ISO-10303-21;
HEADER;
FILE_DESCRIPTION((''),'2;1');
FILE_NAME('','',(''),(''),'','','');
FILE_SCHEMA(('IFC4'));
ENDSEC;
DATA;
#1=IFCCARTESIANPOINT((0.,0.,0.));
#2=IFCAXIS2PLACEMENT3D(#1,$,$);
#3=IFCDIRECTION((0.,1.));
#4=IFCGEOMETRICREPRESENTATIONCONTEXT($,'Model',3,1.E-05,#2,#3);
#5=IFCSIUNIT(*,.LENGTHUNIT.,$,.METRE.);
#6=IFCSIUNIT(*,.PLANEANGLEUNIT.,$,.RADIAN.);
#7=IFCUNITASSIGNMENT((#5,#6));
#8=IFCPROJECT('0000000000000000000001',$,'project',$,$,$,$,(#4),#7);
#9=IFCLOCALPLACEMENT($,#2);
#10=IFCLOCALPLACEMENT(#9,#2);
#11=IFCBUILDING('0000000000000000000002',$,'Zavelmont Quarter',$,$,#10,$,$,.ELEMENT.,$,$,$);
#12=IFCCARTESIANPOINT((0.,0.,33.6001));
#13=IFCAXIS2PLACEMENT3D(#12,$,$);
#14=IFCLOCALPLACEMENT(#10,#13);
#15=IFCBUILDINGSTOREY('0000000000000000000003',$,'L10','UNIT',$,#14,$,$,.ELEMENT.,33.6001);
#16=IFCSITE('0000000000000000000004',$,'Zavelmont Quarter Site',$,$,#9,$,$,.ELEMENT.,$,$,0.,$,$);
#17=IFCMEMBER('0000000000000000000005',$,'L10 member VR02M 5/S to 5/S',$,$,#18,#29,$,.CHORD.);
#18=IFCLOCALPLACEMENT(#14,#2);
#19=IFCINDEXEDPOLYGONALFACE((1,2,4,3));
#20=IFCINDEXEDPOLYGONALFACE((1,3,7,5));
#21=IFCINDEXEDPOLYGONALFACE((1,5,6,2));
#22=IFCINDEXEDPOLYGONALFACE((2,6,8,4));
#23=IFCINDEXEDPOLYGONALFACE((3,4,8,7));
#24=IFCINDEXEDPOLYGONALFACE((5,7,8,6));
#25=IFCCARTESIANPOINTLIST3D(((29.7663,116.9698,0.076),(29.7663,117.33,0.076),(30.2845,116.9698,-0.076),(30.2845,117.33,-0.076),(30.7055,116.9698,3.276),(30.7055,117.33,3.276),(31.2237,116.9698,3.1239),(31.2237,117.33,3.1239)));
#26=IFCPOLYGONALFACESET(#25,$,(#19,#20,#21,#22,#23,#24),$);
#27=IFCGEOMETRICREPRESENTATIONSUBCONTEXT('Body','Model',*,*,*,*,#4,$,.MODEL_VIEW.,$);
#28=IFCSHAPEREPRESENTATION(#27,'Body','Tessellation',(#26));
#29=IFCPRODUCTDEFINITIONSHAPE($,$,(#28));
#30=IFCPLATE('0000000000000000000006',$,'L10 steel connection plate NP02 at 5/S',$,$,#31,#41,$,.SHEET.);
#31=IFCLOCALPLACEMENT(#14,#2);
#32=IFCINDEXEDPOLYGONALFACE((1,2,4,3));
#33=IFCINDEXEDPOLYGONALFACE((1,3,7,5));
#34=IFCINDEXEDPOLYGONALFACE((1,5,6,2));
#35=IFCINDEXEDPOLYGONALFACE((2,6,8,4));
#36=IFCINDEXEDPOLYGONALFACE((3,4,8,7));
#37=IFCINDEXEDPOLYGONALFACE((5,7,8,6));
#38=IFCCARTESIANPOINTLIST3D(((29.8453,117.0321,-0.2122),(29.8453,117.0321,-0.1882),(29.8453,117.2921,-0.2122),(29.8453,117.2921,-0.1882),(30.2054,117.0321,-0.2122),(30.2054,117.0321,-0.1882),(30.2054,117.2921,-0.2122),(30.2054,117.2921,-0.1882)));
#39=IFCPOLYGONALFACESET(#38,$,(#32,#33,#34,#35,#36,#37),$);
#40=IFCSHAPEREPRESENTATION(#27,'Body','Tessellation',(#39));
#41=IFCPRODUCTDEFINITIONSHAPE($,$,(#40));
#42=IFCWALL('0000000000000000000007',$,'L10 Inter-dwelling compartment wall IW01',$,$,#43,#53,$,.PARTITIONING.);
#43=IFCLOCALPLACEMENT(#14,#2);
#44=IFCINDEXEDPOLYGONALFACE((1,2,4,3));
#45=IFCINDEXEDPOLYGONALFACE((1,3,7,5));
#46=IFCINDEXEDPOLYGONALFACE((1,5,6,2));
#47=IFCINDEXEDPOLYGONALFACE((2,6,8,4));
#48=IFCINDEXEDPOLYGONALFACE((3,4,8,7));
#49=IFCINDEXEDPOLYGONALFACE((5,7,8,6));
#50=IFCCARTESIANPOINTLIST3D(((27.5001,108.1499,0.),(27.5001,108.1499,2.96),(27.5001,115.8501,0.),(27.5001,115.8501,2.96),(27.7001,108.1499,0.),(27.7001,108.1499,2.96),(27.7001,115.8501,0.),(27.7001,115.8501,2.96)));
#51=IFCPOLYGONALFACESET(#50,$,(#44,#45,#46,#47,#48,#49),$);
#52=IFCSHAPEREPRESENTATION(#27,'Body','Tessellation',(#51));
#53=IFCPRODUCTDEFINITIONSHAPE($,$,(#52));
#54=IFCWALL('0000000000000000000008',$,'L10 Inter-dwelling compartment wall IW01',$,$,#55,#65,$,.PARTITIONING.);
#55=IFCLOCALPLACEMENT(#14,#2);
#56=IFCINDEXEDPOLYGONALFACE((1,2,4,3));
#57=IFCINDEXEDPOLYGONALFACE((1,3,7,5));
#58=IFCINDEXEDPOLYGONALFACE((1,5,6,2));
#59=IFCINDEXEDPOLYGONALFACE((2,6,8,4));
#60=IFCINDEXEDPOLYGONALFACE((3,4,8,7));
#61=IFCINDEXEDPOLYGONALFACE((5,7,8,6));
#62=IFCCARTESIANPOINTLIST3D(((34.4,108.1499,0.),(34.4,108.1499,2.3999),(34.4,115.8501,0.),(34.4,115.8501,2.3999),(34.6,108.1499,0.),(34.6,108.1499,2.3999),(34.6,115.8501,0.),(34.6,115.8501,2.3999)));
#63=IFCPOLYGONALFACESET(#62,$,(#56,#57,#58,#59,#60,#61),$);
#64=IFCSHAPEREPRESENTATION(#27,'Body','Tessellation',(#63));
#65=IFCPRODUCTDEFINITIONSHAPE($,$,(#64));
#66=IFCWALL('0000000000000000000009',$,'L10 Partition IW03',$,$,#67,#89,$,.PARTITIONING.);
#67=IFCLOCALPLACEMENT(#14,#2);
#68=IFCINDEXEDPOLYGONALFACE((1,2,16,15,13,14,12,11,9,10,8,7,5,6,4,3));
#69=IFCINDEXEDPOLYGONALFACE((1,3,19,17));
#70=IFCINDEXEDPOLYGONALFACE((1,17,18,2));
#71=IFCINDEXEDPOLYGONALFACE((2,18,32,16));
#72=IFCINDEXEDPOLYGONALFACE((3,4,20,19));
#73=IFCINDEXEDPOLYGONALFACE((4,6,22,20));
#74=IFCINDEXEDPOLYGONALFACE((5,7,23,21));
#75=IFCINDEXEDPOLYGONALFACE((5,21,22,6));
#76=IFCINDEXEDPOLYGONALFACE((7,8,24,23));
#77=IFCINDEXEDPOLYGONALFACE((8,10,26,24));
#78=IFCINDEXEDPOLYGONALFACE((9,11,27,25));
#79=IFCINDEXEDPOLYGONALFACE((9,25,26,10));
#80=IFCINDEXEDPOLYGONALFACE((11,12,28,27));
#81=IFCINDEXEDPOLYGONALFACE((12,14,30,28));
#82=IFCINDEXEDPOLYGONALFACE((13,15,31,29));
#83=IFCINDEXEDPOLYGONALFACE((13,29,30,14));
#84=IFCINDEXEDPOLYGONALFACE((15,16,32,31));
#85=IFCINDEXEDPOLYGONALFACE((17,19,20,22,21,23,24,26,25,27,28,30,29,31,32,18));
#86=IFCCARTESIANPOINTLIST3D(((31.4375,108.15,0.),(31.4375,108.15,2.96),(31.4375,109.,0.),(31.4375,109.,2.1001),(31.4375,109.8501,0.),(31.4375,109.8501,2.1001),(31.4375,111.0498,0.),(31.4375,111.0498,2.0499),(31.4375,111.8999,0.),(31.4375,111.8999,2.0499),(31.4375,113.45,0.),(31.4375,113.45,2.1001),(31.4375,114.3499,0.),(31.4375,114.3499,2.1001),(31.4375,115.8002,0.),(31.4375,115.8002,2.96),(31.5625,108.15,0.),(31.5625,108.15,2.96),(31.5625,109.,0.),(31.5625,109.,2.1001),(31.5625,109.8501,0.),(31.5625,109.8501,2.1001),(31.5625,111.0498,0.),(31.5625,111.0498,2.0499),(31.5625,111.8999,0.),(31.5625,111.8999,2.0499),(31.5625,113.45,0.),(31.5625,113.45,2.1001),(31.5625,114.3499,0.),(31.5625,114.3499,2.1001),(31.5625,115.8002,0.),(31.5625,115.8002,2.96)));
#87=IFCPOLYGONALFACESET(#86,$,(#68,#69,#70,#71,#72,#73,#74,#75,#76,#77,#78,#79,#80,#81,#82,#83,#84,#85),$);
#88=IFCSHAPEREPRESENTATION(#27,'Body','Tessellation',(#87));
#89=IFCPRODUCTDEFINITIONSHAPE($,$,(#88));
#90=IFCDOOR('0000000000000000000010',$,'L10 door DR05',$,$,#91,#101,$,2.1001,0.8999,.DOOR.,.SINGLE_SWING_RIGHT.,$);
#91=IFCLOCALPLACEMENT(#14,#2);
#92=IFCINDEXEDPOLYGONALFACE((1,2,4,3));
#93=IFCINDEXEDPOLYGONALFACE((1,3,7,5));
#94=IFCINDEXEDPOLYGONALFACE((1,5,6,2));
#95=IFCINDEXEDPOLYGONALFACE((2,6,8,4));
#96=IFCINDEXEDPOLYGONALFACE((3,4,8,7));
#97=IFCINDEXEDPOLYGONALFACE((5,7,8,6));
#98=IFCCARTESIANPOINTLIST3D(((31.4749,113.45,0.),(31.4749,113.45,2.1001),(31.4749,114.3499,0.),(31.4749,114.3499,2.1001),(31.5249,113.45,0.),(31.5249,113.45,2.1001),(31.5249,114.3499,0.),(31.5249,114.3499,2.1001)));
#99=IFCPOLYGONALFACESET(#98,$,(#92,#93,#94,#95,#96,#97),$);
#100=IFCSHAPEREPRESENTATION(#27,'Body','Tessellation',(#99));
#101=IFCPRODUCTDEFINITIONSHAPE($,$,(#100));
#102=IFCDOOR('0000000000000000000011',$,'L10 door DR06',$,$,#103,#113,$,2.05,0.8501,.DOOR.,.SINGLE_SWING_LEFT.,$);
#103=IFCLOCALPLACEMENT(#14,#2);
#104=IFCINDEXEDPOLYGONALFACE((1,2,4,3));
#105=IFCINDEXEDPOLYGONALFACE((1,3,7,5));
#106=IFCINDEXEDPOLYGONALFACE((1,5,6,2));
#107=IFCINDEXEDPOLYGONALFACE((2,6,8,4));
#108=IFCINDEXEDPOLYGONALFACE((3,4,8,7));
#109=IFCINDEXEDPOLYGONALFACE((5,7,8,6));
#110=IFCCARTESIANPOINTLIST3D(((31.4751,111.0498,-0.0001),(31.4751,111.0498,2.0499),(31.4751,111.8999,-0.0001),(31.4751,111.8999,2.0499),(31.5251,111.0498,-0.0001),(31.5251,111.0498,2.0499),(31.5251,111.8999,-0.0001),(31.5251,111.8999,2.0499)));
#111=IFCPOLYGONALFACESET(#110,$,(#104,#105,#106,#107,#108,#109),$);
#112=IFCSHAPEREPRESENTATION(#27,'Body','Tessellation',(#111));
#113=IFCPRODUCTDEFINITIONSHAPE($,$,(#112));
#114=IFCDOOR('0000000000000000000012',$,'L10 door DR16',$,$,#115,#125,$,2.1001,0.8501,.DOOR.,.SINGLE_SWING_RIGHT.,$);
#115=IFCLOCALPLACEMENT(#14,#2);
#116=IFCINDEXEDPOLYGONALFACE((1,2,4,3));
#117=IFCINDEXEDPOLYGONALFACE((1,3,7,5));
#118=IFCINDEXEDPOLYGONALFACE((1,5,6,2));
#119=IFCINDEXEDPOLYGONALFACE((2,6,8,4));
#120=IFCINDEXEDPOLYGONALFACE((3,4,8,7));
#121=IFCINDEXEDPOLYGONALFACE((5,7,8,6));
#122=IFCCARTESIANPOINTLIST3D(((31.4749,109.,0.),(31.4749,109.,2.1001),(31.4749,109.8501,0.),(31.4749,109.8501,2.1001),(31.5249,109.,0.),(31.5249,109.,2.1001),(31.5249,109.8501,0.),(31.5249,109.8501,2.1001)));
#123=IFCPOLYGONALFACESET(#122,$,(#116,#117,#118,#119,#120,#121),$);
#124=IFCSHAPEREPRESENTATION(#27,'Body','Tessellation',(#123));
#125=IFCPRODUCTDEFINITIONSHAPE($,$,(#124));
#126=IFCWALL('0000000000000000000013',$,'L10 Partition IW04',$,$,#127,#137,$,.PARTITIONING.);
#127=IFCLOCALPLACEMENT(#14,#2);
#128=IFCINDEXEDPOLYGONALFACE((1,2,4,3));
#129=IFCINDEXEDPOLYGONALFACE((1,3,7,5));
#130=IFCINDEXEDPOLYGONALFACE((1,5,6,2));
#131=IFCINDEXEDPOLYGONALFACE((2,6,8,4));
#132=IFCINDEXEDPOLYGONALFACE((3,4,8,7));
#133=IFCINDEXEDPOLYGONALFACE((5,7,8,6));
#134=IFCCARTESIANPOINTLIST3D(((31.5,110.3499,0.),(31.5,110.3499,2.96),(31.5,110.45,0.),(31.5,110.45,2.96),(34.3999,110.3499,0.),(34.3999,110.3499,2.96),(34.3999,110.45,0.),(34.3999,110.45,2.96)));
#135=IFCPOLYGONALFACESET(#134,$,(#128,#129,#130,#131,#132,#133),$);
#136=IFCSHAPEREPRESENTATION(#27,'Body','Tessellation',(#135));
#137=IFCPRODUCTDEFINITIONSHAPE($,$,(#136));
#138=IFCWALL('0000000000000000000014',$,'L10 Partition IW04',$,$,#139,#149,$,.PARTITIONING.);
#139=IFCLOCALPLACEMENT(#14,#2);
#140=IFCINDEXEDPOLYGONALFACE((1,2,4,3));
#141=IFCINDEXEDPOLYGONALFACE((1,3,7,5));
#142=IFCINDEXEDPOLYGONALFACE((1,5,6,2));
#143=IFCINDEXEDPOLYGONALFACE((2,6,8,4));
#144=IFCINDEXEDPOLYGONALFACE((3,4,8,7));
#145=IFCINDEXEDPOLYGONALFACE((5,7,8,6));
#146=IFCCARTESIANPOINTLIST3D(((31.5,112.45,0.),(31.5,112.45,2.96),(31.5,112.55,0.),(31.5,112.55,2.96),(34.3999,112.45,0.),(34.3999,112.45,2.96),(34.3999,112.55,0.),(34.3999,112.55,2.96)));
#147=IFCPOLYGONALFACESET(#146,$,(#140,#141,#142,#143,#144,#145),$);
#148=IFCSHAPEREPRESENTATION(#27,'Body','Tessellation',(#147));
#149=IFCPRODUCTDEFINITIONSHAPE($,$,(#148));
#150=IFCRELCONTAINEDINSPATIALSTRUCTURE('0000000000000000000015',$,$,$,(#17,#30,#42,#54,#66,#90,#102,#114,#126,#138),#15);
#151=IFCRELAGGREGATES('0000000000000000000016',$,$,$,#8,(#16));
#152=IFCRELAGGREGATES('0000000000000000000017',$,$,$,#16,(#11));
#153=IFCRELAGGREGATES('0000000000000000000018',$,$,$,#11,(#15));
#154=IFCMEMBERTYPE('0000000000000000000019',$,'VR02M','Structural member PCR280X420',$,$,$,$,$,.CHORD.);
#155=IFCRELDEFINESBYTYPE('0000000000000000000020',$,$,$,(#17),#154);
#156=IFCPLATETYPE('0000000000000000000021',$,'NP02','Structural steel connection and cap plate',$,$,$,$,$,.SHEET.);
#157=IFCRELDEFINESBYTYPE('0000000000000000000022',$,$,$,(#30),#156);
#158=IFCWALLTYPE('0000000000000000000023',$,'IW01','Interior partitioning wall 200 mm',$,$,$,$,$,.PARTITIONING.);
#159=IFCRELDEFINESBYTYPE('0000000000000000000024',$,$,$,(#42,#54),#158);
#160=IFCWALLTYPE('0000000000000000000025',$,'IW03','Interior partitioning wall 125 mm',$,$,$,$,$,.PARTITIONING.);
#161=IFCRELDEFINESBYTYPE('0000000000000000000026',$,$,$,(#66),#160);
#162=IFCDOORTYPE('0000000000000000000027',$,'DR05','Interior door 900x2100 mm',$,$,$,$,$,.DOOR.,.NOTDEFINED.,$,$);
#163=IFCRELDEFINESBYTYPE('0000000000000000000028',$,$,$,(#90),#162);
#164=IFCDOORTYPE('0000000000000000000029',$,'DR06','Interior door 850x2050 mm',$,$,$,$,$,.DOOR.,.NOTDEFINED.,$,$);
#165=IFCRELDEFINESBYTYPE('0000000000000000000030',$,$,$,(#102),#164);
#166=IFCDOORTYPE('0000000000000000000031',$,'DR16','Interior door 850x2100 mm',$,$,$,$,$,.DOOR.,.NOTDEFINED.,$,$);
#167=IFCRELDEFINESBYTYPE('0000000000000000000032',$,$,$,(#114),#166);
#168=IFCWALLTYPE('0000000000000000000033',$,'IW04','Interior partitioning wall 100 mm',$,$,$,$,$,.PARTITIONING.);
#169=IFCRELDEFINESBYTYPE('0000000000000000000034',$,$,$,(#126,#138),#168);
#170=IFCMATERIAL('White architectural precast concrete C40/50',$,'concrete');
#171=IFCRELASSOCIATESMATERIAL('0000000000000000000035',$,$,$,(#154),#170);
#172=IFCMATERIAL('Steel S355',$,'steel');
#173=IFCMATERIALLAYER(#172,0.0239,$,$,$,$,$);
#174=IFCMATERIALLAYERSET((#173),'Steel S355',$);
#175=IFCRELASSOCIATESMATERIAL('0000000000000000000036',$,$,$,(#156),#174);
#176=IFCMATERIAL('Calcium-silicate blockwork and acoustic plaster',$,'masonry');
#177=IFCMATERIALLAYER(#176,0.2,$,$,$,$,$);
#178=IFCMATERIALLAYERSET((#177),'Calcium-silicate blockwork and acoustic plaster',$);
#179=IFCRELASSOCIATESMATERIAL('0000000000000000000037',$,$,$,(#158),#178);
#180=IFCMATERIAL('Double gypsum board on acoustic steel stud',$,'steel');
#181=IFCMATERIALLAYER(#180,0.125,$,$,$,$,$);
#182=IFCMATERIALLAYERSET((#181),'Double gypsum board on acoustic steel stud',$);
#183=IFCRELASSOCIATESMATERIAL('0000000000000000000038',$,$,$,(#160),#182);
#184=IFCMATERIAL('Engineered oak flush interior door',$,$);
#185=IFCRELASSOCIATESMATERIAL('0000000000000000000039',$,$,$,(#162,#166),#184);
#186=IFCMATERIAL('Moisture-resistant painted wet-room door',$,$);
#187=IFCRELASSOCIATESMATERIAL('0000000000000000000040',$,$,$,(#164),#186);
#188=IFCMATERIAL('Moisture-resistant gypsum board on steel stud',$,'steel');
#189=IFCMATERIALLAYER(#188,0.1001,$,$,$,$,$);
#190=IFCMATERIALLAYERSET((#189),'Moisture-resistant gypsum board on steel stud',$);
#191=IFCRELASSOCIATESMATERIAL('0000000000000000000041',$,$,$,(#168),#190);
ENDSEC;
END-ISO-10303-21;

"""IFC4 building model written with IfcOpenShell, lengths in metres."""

from ifc_helpers import new_model, si_unit, direction, frame, frame_2d, origin, origin_with_axes, origin_2d, place, context, subcontext, project, spatial, rectangle, extrude, material, layer, layer_set, material_profile, profile_set, type_object, element, fill, save


model = new_model("IFC4")

# Units and contexts
model_context = context("Model", 3, precision=1e-05, world=origin(), true_north=direction((0.0, 1.0)))
body_context = subcontext(model_context, "Body", "Model", "MODEL_VIEW")
ifc_project = project(units=[si_unit("LENGTHUNIT", "METRE"), si_unit("PLANEANGLEUNIT", "RADIAN")], contexts=[model_context])

# Site, building, storey
site_placement = place(None, origin())
site = spatial("IfcSite", under=ifc_project, at=site_placement, Name="Zavelmont Quarter Site", CompositionType="ELEMENT", RefElevation=0.0)
building_placement = place(site_placement, origin())
building = spatial("IfcBuilding", under=site, at=building_placement, Name="Zavelmont Quarter", CompositionType="ELEMENT")
storey_placement = place(building_placement, frame((0.0, 0.0, 33.6001)))
storey = spatial("IfcBuildingStorey", under=building, at=storey_placement, Name="L10", Description="UNIT", CompositionType="ELEMENT", Elevation=33.6001)

# Shared definitions
ifc_material_1 = material(Name="Steel S355", Category="steel")

# Member
ifc_material_2 = material(Name="White architectural precast concrete C40/50", Category="concrete")
ifc_material_profile_1 = material_profile(ifc_material_2, rectangle(XDim=0.3601, YDim=0.54, at=origin_2d()), Name="PCR280X420")
ifc_profile_set_1 = profile_set([ifc_material_profile_1], Name="White architectural precast concrete C40/50")
member_type = type_object("IfcMemberType", Name="VR02M", Description="Structural member PCR280X420", PredefinedType="CHORD", material=ifc_profile_set_1)
member_placement = place(storey_placement, frame((30.0254, 117.1499, 0.0), z_axis=(0.281627, 0.0, 0.959524), x_axis=(0.0, 1.0, 0.0)))
element("IfcMember", 1, at=member_placement, inside=storey, type_object=member_type, Name="L10 member VR02M 5/S to 5/S", PredefinedType="CHORD", context=body_context, shape_type="SweptSolid", body=[
    extrude(rectangle(XDim=0.3601, YDim=0.54, at=origin_2d()), origin(), (0.0, 0.0, 1.0), 3.335),
])

# Plate
ifc_layer_1 = layer(ifc_material_1, 0.0239)
ifc_layer_set_1 = layer_set([ifc_layer_1], Name="Steel S355")
plate_type = type_object("IfcPlateType", Name="NP02", Description="Structural steel connection and cap plate", PredefinedType="SHEET", material=ifc_layer_set_1)
plate_placement = place(storey_placement, frame((30.0254, 117.1621, -0.2122), z_axis=(0.0, 0.0, 1.0), x_axis=(1.0, 0.0, 0.0)))
element("IfcPlate", 2, at=plate_placement, inside=storey, type_object=plate_type, Name="L10 steel connection plate NP02 at 5/S", PredefinedType="SHEET", context=body_context, shape_type="SweptSolid", body=[
    extrude(rectangle(XDim=0.3601, YDim=0.26, at=origin_2d()), origin(), (0.0, 0.0, 1.0), 0.0239),
])

# Walls
ifc_material_3 = material(Name="Calcium-silicate blockwork and acoustic plaster", Category="masonry")
ifc_layer_2 = layer(ifc_material_3, 0.2)
ifc_layer_set_2 = layer_set([ifc_layer_2], Name="Calcium-silicate blockwork and acoustic plaster")
wall_type_1 = type_object("IfcWallType", Name="IW01", Description="Interior partitioning wall 200 mm", PredefinedType="PARTITIONING", material=ifc_layer_set_2)
wall_1_placement = place(storey_placement, frame((27.6001, 108.1499, 0.0), z_axis=(0.0, 0.0, 1.0), x_axis=(0.0, 1.0, 0.0)))
element("IfcWall", 3, at=wall_1_placement, inside=storey, type_object=wall_type_1, Name="L10 Inter-dwelling compartment wall IW01", PredefinedType="PARTITIONING", context=body_context, shape_type="SweptSolid", body=[
    extrude(rectangle(XDim=7.7002, YDim=0.2, at=frame_2d((3.8501, 0.0))), origin(), (0.0, 0.0, 1.0), 2.96),
])
wall_2_placement = place(storey_placement, frame((34.5, 108.1499, 0.0), z_axis=(0.0, 0.0, 1.0), x_axis=(0.0, 1.0, 0.0)))
element("IfcWall", 4, at=wall_2_placement, inside=storey, type_object=wall_type_1, Name="L10 Inter-dwelling compartment wall IW01", PredefinedType="PARTITIONING", context=body_context, shape_type="SweptSolid", body=[
    extrude(rectangle(XDim=7.7002, YDim=0.2, at=frame_2d((3.8501, 0.0))), origin(), (0.0, 0.0, 1.0), 2.3999),
])

# Wall, openings, doors
ifc_material_4 = material(Name="Double gypsum board on acoustic steel stud", Category="steel")
ifc_layer_3 = layer(ifc_material_4, 0.125)
ifc_layer_set_3 = layer_set([ifc_layer_3], Name="Double gypsum board on acoustic steel stud")
wall_type_2 = type_object("IfcWallType", Name="IW03", Description="Interior partitioning wall 125 mm", PredefinedType="PARTITIONING", material=ifc_layer_set_3)
wall_3_placement = place(storey_placement, frame((31.5, 108.1499, 0.0), z_axis=(0.0, 0.0, 1.0), x_axis=(0.0, 1.0, 0.0)))
wall_3 = element("IfcWall", 5, at=wall_3_placement, inside=storey, type_object=wall_type_2, Name="L10 Partition IW03", PredefinedType="PARTITIONING", context=body_context, shape_type="SweptSolid", body=[
    extrude(rectangle(XDim=7.6501, YDim=0.125, at=frame_2d((3.8252, 0.0))), origin(), (0.0, 0.0, 1.0), 2.96),
])
opening_1_placement = place(wall_3_placement, frame((0.8501, 0.0, 0.0)))
opening_1 = element("IfcOpeningElement", 6, at=opening_1_placement, cuts=wall_3, PredefinedType="OPENING", context=body_context, shape_type="SweptSolid", body=[
    extrude(rectangle(XDim=0.8501, YDim=2.1001, at=frame_2d((0.425, 1.05))), frame((0.0, 0.0745, 0.0), z_axis=(0.0, -1.0, 0.0), x_axis=(1.0, 0.0, 0.0)), (0.0, 0.0, 1.0), 0.1489),
])
opening_2_placement = place(wall_3_placement, frame((2.8999, 0.0, 0.0)))
opening_2 = element("IfcOpeningElement", 7, at=opening_2_placement, cuts=wall_3, PredefinedType="OPENING", context=body_context, shape_type="SweptSolid", body=[
    extrude(rectangle(XDim=0.8501, YDim=2.05, at=frame_2d((0.425, 1.0249))), frame((0.0, 0.0745, 0.0), z_axis=(0.0, -1.0, 0.0), x_axis=(1.0, 0.0, 0.0)), (0.0, 0.0, 1.0), 0.1489),
])
opening_3_placement = place(wall_3_placement, frame((5.3, 0.0, 0.0)))
opening_3 = element("IfcOpeningElement", 8, at=opening_3_placement, cuts=wall_3, PredefinedType="OPENING", context=body_context, shape_type="SweptSolid", body=[
    extrude(rectangle(XDim=0.8999, YDim=2.1001, at=frame_2d((0.45, 1.05))), frame((0.0, 0.0745, 0.0), z_axis=(0.0, -1.0, 0.0), x_axis=(1.0, 0.0, 0.0)), (0.0, 0.0, 1.0), 0.1489),
])
ifc_material_5 = material(Name="Engineered oak flush interior door")
door_type_1 = type_object("IfcDoorType", Name="DR05", Description="Interior door 900x2100 mm", OperationType="NOTDEFINED", PredefinedType="DOOR", material=ifc_material_5)
door_1_placement = place(opening_3_placement, frame((0.8999, 0.0, 0.0), z_axis=(0.0, 0.0, 1.0), x_axis=(-1.0, 0.0, 0.0)))
door_1 = element("IfcDoor", 9, at=door_1_placement, inside=storey, type_object=door_type_1, Name="L10 door DR05", OperationType="SINGLE_SWING_RIGHT", OverallHeight=2.1001, OverallWidth=0.8999, PredefinedType="DOOR", context=body_context, shape_type="SweptSolid", body=[
    extrude(rectangle(XDim=0.8999, YDim=2.1001, at=frame_2d((0.45, 1.05))), frame((0.0, 0.0249, 0.0), z_axis=(0.0, -1.0, 0.0), x_axis=(1.0, 0.0, 0.0)), (0.0, 0.0, 1.0), 0.05),
])
fill(opening_3, door_1)
ifc_material_6 = material(Name="Moisture-resistant painted wet-room door")
door_type_2 = type_object("IfcDoorType", Name="DR06", Description="Interior door 850x2050 mm", OperationType="NOTDEFINED", PredefinedType="DOOR", material=ifc_material_6)
door_2_placement = place(opening_2_placement, origin_with_axes())
door_2 = element("IfcDoor", 10, at=door_2_placement, inside=storey, type_object=door_type_2, Name="L10 door DR06", OperationType="SINGLE_SWING_LEFT", OverallHeight=2.05, OverallWidth=0.8501, PredefinedType="DOOR", context=body_context, shape_type="SweptSolid", body=[
    extrude(rectangle(XDim=0.8501, YDim=2.05, at=frame_2d((0.425, 1.0249))), frame((0.0, 0.0249, 0.0), z_axis=(0.0, -1.0, 0.0), x_axis=(1.0, 0.0, 0.0)), (0.0, 0.0, 1.0), 0.05),
])
fill(opening_2, door_2)
door_type_3 = type_object("IfcDoorType", Name="DR16", Description="Interior door 850x2100 mm", OperationType="NOTDEFINED", PredefinedType="DOOR", material=ifc_material_5)
door_3_placement = place(opening_1_placement, frame((0.8501, 0.0, 0.0), z_axis=(0.0, 0.0, 1.0), x_axis=(-1.0, 0.0, 0.0)))
door_3 = element("IfcDoor", 11, at=door_3_placement, inside=storey, type_object=door_type_3, Name="L10 door DR16", OperationType="SINGLE_SWING_RIGHT", OverallHeight=2.1001, OverallWidth=0.8501, PredefinedType="DOOR", context=body_context, shape_type="SweptSolid", body=[
    extrude(rectangle(XDim=0.8501, YDim=2.1001, at=frame_2d((0.425, 1.05))), frame((0.0, 0.0249, 0.0), z_axis=(0.0, -1.0, 0.0), x_axis=(1.0, 0.0, 0.0)), (0.0, 0.0, 1.0), 0.05),
])
fill(opening_1, door_3)

# Walls
ifc_material_7 = material(Name="Moisture-resistant gypsum board on steel stud", Category="steel")
ifc_layer_4 = layer(ifc_material_7, 0.1001)
ifc_layer_set_4 = layer_set([ifc_layer_4], Name="Moisture-resistant gypsum board on steel stud")
wall_type_3 = type_object("IfcWallType", Name="IW04", Description="Interior partitioning wall 100 mm", PredefinedType="PARTITIONING", material=ifc_layer_set_4)
for number, where, z_axis, x_axis, name in (
    (12, (31.5, 110.3999, 0.0), (0.0, 0.0, 1.0), (1.0, 0.0, 0.0), "L10 Partition IW04"),
    (13, (31.5, 112.5, 0.0), (0.0, 0.0, 1.0), (1.0, 0.0, 0.0), "L10 Partition IW04"),
):
    element("IfcWall", number, at=place(storey_placement, frame(where, z_axis=z_axis, x_axis=x_axis)), inside=storey, type_object=wall_type_3, Name=name, PredefinedType="PARTITIONING", context=body_context, shape_type="SweptSolid", body=[
        extrude(rectangle(XDim=2.8999, YDim=0.1001, at=frame_2d((1.45, 0.0))), origin(), (0.0, 0.0, 1.0), 2.96),
    ])

save(model, "model.ifc")
